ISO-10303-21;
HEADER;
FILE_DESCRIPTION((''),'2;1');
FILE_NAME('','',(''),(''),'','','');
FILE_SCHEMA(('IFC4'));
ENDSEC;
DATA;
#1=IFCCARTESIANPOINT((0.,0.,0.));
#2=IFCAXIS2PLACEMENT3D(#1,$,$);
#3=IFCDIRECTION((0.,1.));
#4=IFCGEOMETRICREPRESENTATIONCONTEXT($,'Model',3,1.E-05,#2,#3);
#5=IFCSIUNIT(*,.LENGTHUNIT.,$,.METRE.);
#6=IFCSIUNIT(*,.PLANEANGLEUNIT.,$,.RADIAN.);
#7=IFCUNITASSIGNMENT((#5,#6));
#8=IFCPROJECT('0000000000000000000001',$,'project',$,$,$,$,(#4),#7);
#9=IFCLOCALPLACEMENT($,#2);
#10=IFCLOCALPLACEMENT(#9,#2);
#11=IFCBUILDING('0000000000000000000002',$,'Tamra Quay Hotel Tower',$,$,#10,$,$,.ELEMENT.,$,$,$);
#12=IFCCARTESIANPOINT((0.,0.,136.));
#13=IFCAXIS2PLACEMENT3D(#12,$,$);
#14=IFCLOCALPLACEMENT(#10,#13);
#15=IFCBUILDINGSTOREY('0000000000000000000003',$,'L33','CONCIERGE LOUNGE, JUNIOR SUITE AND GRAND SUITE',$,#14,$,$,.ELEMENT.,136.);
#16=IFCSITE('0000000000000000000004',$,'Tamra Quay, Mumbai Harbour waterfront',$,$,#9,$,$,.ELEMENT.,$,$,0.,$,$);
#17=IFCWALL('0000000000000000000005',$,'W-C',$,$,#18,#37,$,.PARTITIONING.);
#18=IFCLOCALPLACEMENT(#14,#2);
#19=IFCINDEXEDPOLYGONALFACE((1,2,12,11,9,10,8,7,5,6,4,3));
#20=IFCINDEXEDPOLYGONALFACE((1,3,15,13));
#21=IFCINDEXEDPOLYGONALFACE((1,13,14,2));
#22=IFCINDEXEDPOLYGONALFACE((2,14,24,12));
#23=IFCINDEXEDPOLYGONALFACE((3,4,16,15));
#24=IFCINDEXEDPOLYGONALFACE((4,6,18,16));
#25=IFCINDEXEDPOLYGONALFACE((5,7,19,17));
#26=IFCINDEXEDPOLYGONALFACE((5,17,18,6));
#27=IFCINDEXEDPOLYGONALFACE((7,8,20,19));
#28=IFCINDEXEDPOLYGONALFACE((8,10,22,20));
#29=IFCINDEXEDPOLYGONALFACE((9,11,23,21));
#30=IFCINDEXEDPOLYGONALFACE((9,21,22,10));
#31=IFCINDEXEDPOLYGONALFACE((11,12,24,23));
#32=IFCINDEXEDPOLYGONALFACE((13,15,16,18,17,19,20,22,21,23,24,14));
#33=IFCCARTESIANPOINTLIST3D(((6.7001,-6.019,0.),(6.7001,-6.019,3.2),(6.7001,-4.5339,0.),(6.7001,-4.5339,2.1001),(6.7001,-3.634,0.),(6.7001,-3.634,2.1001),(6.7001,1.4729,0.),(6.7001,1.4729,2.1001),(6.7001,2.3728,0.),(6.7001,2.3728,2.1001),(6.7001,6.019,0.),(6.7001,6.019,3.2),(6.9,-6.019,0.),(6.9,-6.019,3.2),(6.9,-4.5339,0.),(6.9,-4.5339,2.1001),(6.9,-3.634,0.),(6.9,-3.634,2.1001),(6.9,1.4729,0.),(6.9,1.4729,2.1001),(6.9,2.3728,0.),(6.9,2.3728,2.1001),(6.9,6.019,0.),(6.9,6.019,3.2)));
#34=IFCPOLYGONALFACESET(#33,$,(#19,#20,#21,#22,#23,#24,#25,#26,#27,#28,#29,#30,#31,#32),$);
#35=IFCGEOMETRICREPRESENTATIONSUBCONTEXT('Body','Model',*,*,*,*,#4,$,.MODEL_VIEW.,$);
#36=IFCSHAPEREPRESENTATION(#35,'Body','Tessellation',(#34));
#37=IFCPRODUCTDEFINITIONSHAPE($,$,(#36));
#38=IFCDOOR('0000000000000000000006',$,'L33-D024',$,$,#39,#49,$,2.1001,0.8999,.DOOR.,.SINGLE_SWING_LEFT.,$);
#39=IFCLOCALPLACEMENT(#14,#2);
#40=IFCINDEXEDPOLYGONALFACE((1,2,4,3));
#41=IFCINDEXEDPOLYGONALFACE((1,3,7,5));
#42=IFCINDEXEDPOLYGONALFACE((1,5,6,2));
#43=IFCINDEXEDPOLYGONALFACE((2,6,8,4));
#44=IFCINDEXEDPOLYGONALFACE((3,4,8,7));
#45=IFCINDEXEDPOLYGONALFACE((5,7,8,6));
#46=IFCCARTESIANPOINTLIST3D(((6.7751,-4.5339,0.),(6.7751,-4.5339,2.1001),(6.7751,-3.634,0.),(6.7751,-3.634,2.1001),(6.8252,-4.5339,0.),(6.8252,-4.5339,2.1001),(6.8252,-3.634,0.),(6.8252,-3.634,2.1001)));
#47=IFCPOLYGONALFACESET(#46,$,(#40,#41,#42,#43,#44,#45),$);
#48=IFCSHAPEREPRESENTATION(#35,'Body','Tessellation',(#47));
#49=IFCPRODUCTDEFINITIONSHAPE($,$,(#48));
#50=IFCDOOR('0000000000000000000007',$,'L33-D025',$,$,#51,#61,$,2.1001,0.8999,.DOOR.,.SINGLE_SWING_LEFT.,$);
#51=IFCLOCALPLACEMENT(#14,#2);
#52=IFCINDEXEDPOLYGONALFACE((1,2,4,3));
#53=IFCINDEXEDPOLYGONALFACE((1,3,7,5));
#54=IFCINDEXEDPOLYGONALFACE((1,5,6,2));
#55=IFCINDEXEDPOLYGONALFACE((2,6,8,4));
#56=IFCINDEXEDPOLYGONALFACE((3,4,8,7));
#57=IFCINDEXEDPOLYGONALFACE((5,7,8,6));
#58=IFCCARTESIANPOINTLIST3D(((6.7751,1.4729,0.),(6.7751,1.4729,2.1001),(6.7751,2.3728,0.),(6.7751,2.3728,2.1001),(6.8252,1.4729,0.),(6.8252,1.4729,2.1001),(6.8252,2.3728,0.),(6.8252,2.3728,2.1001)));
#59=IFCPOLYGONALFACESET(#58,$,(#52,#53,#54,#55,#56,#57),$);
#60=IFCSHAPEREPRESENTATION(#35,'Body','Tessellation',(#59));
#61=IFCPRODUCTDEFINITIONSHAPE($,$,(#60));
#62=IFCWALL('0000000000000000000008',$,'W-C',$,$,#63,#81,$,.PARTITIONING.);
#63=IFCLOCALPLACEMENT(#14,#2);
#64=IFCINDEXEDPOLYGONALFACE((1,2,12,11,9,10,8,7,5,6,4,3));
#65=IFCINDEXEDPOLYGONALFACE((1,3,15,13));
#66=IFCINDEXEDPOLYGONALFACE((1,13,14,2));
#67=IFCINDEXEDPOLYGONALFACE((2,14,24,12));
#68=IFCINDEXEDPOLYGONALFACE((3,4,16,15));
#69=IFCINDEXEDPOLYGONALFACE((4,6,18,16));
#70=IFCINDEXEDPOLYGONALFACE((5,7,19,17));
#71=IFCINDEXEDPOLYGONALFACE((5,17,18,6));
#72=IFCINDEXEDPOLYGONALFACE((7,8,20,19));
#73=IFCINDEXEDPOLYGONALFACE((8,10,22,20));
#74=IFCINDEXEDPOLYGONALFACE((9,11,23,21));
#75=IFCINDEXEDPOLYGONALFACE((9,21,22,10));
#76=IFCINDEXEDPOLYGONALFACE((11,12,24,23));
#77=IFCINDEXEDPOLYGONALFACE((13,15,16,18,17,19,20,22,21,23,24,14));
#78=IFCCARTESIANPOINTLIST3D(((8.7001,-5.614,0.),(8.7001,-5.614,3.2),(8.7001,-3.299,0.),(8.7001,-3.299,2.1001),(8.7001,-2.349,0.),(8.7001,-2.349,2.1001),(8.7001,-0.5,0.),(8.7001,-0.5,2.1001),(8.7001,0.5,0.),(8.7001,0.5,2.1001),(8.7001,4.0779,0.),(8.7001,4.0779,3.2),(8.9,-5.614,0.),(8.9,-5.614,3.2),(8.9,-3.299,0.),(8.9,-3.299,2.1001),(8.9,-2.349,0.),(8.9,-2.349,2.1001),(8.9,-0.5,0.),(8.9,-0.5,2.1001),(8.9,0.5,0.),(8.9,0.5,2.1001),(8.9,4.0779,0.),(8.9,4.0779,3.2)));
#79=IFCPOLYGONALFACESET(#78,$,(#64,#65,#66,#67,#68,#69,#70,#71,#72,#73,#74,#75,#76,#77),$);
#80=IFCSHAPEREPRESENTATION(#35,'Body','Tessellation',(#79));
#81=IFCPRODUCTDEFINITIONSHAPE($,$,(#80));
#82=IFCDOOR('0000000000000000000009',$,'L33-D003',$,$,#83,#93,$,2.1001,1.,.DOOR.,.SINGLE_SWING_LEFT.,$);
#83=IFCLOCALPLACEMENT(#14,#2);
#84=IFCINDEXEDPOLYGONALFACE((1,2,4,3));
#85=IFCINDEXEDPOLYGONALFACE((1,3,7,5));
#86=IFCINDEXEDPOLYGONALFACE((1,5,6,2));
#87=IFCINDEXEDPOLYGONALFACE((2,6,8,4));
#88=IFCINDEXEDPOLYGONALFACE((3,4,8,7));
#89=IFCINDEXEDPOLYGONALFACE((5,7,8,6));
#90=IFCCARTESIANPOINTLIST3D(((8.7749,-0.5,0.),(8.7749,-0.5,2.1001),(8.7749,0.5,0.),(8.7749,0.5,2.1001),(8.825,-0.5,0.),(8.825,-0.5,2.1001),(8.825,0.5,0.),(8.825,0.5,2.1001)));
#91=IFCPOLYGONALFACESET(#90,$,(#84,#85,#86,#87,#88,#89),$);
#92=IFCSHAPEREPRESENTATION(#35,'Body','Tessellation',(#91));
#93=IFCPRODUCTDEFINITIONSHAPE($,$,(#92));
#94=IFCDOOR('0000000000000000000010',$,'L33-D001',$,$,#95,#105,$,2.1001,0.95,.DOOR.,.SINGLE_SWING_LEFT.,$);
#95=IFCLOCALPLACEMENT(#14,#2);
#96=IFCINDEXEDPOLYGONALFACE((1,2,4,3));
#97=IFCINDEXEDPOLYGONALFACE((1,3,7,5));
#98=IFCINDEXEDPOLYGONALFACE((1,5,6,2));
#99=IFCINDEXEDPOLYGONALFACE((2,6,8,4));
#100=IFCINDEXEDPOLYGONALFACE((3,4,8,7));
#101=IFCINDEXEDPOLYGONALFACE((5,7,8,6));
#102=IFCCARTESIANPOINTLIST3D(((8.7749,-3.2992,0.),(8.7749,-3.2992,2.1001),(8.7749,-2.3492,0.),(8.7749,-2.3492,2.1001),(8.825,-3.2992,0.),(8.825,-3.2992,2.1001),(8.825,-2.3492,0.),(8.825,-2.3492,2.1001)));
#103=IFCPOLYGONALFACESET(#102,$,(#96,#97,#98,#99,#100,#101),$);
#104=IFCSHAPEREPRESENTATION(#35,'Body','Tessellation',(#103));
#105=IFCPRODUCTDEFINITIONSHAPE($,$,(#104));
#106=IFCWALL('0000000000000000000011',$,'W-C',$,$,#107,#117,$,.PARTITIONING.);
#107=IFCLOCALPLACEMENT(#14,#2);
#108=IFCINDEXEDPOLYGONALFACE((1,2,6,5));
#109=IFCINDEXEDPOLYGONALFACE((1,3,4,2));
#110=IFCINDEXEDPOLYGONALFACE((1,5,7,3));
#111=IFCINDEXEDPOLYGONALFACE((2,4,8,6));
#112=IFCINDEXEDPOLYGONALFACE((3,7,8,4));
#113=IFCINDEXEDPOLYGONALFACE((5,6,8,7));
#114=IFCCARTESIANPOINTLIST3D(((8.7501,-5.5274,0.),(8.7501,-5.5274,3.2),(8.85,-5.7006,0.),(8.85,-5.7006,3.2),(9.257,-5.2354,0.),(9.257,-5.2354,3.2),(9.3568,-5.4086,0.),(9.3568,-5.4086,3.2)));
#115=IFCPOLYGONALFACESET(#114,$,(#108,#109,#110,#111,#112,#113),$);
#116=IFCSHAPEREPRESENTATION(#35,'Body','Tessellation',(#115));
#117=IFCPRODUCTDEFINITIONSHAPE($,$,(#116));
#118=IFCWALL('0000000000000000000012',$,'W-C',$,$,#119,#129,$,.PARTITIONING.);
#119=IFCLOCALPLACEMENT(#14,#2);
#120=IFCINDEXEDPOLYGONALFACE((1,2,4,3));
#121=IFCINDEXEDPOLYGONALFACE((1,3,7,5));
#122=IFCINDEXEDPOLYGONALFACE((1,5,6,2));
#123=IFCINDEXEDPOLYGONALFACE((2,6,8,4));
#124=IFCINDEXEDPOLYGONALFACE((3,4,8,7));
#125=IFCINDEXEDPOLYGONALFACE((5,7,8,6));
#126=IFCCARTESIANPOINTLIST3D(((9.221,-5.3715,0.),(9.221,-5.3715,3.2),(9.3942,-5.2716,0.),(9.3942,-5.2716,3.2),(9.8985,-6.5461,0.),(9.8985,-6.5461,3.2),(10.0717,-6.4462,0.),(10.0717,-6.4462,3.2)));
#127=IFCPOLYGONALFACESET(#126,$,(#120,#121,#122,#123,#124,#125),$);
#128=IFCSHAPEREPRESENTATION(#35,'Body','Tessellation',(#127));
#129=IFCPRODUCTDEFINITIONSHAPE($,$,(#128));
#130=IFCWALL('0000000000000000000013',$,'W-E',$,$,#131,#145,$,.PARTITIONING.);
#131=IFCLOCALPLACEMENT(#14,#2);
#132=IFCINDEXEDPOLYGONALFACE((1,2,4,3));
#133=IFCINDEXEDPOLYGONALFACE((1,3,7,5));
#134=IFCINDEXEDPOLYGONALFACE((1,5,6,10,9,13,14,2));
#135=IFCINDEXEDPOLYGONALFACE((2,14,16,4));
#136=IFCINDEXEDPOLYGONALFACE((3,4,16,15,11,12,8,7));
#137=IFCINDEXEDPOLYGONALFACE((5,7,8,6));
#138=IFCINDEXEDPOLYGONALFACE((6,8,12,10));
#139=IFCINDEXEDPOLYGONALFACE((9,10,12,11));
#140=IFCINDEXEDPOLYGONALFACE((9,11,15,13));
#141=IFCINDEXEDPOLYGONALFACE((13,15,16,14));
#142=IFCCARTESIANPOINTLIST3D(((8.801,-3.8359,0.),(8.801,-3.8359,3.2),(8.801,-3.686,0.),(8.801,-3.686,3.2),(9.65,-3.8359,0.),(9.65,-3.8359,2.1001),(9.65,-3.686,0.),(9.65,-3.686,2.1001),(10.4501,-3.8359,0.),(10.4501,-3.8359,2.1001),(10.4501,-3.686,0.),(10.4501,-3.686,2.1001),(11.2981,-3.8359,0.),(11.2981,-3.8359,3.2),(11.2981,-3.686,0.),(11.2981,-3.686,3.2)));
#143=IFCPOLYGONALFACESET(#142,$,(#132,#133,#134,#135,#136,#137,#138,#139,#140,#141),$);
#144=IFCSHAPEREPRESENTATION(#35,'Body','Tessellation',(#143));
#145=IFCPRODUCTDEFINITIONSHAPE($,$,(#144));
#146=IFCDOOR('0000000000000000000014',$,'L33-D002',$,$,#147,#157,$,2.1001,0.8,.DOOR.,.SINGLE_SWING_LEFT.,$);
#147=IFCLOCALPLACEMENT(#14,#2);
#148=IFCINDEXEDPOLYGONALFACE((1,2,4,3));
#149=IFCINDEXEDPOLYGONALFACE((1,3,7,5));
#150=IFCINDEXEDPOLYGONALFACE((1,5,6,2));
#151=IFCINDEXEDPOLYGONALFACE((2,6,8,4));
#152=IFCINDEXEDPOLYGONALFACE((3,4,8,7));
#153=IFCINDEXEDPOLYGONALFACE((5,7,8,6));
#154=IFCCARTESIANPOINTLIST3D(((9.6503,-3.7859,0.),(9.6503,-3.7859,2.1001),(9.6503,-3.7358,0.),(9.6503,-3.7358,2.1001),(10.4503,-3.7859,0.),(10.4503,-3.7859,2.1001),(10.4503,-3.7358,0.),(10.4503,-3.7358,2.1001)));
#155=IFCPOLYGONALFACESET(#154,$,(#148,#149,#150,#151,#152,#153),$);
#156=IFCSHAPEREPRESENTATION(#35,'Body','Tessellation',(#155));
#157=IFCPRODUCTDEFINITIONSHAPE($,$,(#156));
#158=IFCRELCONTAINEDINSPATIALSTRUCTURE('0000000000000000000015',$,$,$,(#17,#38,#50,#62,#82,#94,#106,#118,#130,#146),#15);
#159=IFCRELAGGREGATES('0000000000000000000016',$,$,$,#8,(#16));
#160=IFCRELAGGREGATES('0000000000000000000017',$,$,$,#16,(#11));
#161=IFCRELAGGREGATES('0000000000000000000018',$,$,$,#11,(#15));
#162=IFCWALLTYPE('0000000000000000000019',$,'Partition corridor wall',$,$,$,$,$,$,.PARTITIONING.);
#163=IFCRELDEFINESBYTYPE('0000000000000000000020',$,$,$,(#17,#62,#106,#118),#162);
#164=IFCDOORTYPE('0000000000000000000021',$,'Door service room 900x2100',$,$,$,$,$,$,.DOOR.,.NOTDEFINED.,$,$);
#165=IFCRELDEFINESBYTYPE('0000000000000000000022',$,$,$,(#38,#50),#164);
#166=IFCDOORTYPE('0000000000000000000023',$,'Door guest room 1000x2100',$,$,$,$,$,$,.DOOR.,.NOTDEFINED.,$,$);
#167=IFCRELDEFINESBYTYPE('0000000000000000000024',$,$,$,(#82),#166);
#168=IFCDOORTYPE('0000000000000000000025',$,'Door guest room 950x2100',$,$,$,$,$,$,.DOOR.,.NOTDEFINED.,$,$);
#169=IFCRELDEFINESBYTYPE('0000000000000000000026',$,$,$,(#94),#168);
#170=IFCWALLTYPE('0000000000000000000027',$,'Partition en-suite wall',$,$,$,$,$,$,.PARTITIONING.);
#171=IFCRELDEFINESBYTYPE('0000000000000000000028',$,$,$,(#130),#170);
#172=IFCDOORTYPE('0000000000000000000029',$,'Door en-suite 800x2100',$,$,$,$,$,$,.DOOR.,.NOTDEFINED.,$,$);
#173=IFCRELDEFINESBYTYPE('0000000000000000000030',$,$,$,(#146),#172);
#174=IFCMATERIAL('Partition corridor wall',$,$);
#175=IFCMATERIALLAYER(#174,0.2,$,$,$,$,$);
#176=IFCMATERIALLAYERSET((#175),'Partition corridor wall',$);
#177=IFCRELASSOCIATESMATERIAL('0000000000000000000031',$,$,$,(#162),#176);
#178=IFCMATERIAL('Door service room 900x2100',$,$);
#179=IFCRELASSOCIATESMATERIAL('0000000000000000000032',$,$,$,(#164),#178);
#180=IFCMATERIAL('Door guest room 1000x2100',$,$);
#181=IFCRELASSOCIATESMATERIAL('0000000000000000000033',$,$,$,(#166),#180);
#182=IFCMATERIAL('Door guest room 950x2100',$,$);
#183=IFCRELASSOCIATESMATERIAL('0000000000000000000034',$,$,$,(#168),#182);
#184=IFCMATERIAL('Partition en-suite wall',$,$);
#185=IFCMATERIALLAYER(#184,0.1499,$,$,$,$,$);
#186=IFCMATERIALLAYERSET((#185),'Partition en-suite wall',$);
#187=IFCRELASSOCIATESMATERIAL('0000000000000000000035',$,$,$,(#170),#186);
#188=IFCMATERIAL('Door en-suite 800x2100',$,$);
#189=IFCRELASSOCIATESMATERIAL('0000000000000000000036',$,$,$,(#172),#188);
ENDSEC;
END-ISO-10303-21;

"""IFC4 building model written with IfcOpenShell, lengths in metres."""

from ifc_helpers import new_model, si_unit, direction, frame, frame_2d, origin, place, context, subcontext, project, spatial, rectangle, extrude, material, layer, layer_set, type_object, element, fill, save


model = new_model("IFC4")

# Units and contexts
model_context = context("Model", 3, precision=1e-05, world=origin(), true_north=direction((0.0, 1.0)))
body_context = subcontext(model_context, "Body", "Model", "MODEL_VIEW")
ifc_project = project(units=[si_unit("LENGTHUNIT", "METRE"), si_unit("PLANEANGLEUNIT", "RADIAN")], contexts=[model_context])

# Site, building, storey
site_placement = place(None, origin())
site = spatial("IfcSite", under=ifc_project, at=site_placement, Name="Tamra Quay, Mumbai Harbour waterfront", CompositionType="ELEMENT", RefElevation=0.0)
building_placement = place(site_placement, origin())
building = spatial("IfcBuilding", under=site, at=building_placement, Name="Tamra Quay Hotel Tower", CompositionType="ELEMENT")
storey_placement = place(building_placement, frame((0.0, 0.0, 136.0)))
storey = spatial("IfcBuildingStorey", under=building, at=storey_placement, Name="L33", Description="CONCIERGE LOUNGE, JUNIOR SUITE AND GRAND SUITE", CompositionType="ELEMENT", Elevation=136.0)

# Shared definitions
ifc_material_1 = material(Name="Partition corridor wall")
ifc_layer_1 = layer(ifc_material_1, 0.2)
ifc_layer_set_1 = layer_set([ifc_layer_1], Name="Partition corridor wall")
wall_type_1 = type_object("IfcWallType", Name="Partition corridor wall", PredefinedType="PARTITIONING", material=ifc_layer_set_1)

# Walls, openings, doors
wall_1_placement = place(storey_placement, frame((6.8, -6.019, 0.0), z_axis=(0.0, 0.0, 1.0), x_axis=(0.0, 1.0, 0.0)))
wall_1 = element("IfcWall", 1, at=wall_1_placement, inside=storey, type_object=wall_type_1, Name="W-C", PredefinedType="PARTITIONING", context=body_context, shape_type="SweptSolid", body=[
    extrude(rectangle(XDim=12.0381, YDim=0.2, at=frame_2d((6.019, 0.0))), origin(), (0.0, 0.0, 1.0), 3.2),
])
opening_1_placement = place(wall_1_placement, frame((1.4851, 0.0, 0.0)))
opening_1 = element("IfcOpeningElement", 2, at=opening_1_placement, cuts=wall_1, PredefinedType="OPENING", context=body_context, shape_type="SweptSolid", body=[
    extrude(rectangle(XDim=0.8999, YDim=2.1001, at=frame_2d((0.45, 1.05))), frame((0.0, 0.1099, 0.0), z_axis=(0.0, -1.0, 0.0), x_axis=(1.0, 0.0, 0.0)), (0.0, 0.0, 1.0), 0.22),
])
opening_2_placement = place(wall_1_placement, frame((7.4919, 0.0, 0.0)))
opening_2 = element("IfcOpeningElement", 3, at=opening_2_placement, cuts=wall_1, PredefinedType="OPENING", context=body_context, shape_type="SweptSolid", body=[
    extrude(rectangle(XDim=0.8999, YDim=2.1001, at=frame_2d((0.45, 1.05))), frame((0.0, 0.1099, 0.0), z_axis=(0.0, -1.0, 0.0), x_axis=(1.0, 0.0, 0.0)), (0.0, 0.0, 1.0), 0.22),
])
ifc_material_2 = material(Name="Door service room 900x2100")
door_type_1 = type_object("IfcDoorType", Name="Door service room 900x2100", OperationType="NOTDEFINED", PredefinedType="DOOR", material=ifc_material_2)
door_1_placement = place(opening_1_placement, origin())
door_1 = element("IfcDoor", 4, at=door_1_placement, inside=storey, type_object=door_type_1, Name="L33-D024", OperationType="SINGLE_SWING_LEFT", OverallHeight=2.1001, OverallWidth=0.8999, PredefinedType="DOOR", context=body_context, shape_type="SweptSolid", body=[
    extrude(rectangle(XDim=0.8999, YDim=2.1001, at=frame_2d((0.45, 1.05))), frame((0.0, 0.0249, 0.0), z_axis=(0.0, -1.0, 0.0), x_axis=(1.0, 0.0, 0.0)), (0.0, 0.0, 1.0), 0.05),
])
fill(opening_1, door_1)
door_2_placement = place(opening_2_placement, origin())
door_2 = element("IfcDoor", 5, at=door_2_placement, inside=storey, type_object=door_type_1, Name="L33-D025", OperationType="SINGLE_SWING_LEFT", OverallHeight=2.1001, OverallWidth=0.8999, PredefinedType="DOOR", context=body_context, shape_type="SweptSolid", body=[
    extrude(rectangle(XDim=0.8999, YDim=2.1001, at=frame_2d((0.45, 1.05))), frame((0.0, 0.0249, 0.0), z_axis=(0.0, -1.0, 0.0), x_axis=(1.0, 0.0, 0.0)), (0.0, 0.0, 1.0), 0.05),
])
fill(opening_2, door_2)
wall_2_placement = place(storey_placement, frame((8.8, -5.614, 0.0), z_axis=(0.0, 0.0, 1.0), x_axis=(0.0, 1.0, 0.0)))
wall_2 = element("IfcWall", 6, at=wall_2_placement, inside=storey, type_object=wall_type_1, Name="W-C", PredefinedType="PARTITIONING", context=body_context, shape_type="SweptSolid", body=[
    extrude(rectangle(XDim=9.6919, YDim=0.2, at=frame_2d((4.8459, 0.0))), origin(), (0.0, 0.0, 1.0), 3.2),
])
opening_3_placement = place(wall_2_placement, frame((2.3149, 0.0, 0.0)))
opening_3 = element("IfcOpeningElement", 7, at=opening_3_placement, cuts=wall_2, PredefinedType="OPENING", context=body_context, shape_type="SweptSolid", body=[
    extrude(rectangle(XDim=0.95, YDim=2.1001, at=frame_2d((0.4751, 1.05))), frame((0.0, 0.1099, 0.0), z_axis=(0.0, -1.0, 0.0), x_axis=(1.0, 0.0, 0.0)), (0.0, 0.0, 1.0), 0.22),
])
opening_4_placement = place(wall_2_placement, frame((5.114, 0.0, 0.0)))
opening_4 = element("IfcOpeningElement", 8, at=opening_4_placement, cuts=wall_2, PredefinedType="OPENING", context=body_context, shape_type="SweptSolid", body=[
    extrude(rectangle(XDim=1.0, YDim=2.1001, at=frame_2d((0.5, 1.05))), frame((0.0, 0.1099, 0.0), z_axis=(0.0, -1.0, 0.0), x_axis=(1.0, 0.0, 0.0)), (0.0, 0.0, 1.0), 0.22),
])
ifc_material_3 = material(Name="Door guest room 1000x2100")
door_type_2 = type_object("IfcDoorType", Name="Door guest room 1000x2100", OperationType="NOTDEFINED", PredefinedType="DOOR", material=ifc_material_3)
door_3_placement = place(opening_4_placement, frame((1.0, 0.0, 0.0), z_axis=(0.0, 0.0, 1.0), x_axis=(-1.0, 0.0, 0.0)))
door_3 = element("IfcDoor", 9, at=door_3_placement, inside=storey, type_object=door_type_2, Name="L33-D003", OperationType="SINGLE_SWING_LEFT", OverallHeight=2.1001, OverallWidth=1.0, PredefinedType="DOOR", context=body_context, shape_type="SweptSolid", body=[
    extrude(rectangle(XDim=1.0, YDim=2.1001, at=frame_2d((0.5, 1.05))), frame((0.0, 0.0249, 0.0), z_axis=(0.0, -1.0, 0.0), x_axis=(1.0, 0.0, 0.0)), (0.0, 0.0, 1.0), 0.05),
])
fill(opening_4, door_3)
ifc_material_4 = material(Name="Door guest room 950x2100")
door_type_3 = type_object("IfcDoorType", Name="Door guest room 950x2100", OperationType="NOTDEFINED", PredefinedType="DOOR", material=ifc_material_4)
door_4_placement = place(opening_3_placement, frame((0.95, 0.0, 0.0), z_axis=(0.0, 0.0, 1.0), x_axis=(-1.0, 0.0, 0.0)))
door_4 = element("IfcDoor", 10, at=door_4_placement, inside=storey, type_object=door_type_3, Name="L33-D001", OperationType="SINGLE_SWING_LEFT", OverallHeight=2.1001, OverallWidth=0.95, PredefinedType="DOOR", context=body_context, shape_type="SweptSolid", body=[
    extrude(rectangle(XDim=0.95, YDim=2.1001, at=frame_2d((0.4751, 1.05))), frame((0.0, 0.0249, 0.0), z_axis=(0.0, -1.0, 0.0), x_axis=(1.0, 0.0, 0.0)), (0.0, 0.0, 1.0), 0.05),
])
fill(opening_3, door_4)

# Walls
wall_3_placement = place(storey_placement, frame((8.8, -5.614, 0.0), z_axis=(0.0, 0.0, 1.0), x_axis=(0.866491, 0.499192, 0.0)))
element("IfcWall", 11, at=wall_3_placement, inside=storey, type_object=wall_type_1, Name="W-C", PredefinedType="PARTITIONING", context=body_context, shape_type="SweptSolid", body=[
    extrude(rectangle(XDim=0.585, YDim=0.2, at=frame_2d((0.2925, 0.0))), origin(), (0.0, 0.0, 1.0), 3.2),
])
wall_4_placement = place(storey_placement, frame((9.3076, -5.3215, 0.0), z_axis=(0.0, 0.0, 1.0), x_axis=(0.499645, -0.866231, 0.0)))
element("IfcWall", 12, at=wall_4_placement, inside=storey, type_object=wall_type_1, Name="W-C", PredefinedType="PARTITIONING", context=body_context, shape_type="SweptSolid", body=[
    extrude(rectangle(XDim=1.356, YDim=0.2, at=frame_2d((0.678, 0.0))), origin(), (0.0, 0.0, 1.0), 3.2),
])

# Wall, opening, door
ifc_material_5 = material(Name="Partition en-suite wall")
ifc_layer_2 = layer(ifc_material_5, 0.1499)
ifc_layer_set_2 = layer_set([ifc_layer_2], Name="Partition en-suite wall")
wall_type_2 = type_object("IfcWallType", Name="Partition en-suite wall", PredefinedType="PARTITIONING", material=ifc_layer_set_2)
wall_5_placement = place(storey_placement, frame((8.801, -3.761, 0.0), z_axis=(0.0, 0.0, 1.0), x_axis=(1.0, 0.0, 0.0)))
wall_5 = element("IfcWall", 13, at=wall_5_placement, inside=storey, type_object=wall_type_2, Name="W-E", PredefinedType="PARTITIONING", context=body_context, shape_type="SweptSolid", body=[
    extrude(rectangle(XDim=2.4971, YDim=0.1499, at=frame_2d((1.2485, 0.0))), origin(), (0.0, 0.0, 1.0), 3.2),
])
opening_5_placement = place(wall_5_placement, frame((0.8491, 0.0, 0.0)))
opening_5 = element("IfcOpeningElement", 14, at=opening_5_placement, cuts=wall_5, PredefinedType="OPENING", context=body_context, shape_type="SweptSolid", body=[
    extrude(rectangle(XDim=0.8, YDim=2.1001, at=frame_2d((0.3999, 1.05))), frame((0.0, 0.085, 0.0), z_axis=(0.0, -1.0, 0.0), x_axis=(1.0, 0.0, 0.0)), (0.0, 0.0, 1.0), 0.1699),
])
ifc_material_6 = material(Name="Door en-suite 800x2100")
door_type_4 = type_object("IfcDoorType", Name="Door en-suite 800x2100", OperationType="NOTDEFINED", PredefinedType="DOOR", material=ifc_material_6)
door_5_placement = place(opening_5_placement, frame((0.8, 0.0, 0.0), z_axis=(0.0, 0.0, 1.0), x_axis=(-1.0, 0.0, 0.0)))
door_5 = element("IfcDoor", 15, at=door_5_placement, inside=storey, type_object=door_type_4, Name="L33-D002", OperationType="SINGLE_SWING_LEFT", OverallHeight=2.1001, OverallWidth=0.8, PredefinedType="DOOR", context=body_context, shape_type="SweptSolid", body=[
    extrude(rectangle(XDim=0.8, YDim=2.1001, at=frame_2d((0.3999, 1.05))), frame((0.0, 0.0249, 0.0), z_axis=(0.0, -1.0, 0.0), x_axis=(1.0, 0.0, 0.0)), (0.0, 0.0, 1.0), 0.05),
])
fill(opening_5, door_5)

save(model, "model.ifc")
